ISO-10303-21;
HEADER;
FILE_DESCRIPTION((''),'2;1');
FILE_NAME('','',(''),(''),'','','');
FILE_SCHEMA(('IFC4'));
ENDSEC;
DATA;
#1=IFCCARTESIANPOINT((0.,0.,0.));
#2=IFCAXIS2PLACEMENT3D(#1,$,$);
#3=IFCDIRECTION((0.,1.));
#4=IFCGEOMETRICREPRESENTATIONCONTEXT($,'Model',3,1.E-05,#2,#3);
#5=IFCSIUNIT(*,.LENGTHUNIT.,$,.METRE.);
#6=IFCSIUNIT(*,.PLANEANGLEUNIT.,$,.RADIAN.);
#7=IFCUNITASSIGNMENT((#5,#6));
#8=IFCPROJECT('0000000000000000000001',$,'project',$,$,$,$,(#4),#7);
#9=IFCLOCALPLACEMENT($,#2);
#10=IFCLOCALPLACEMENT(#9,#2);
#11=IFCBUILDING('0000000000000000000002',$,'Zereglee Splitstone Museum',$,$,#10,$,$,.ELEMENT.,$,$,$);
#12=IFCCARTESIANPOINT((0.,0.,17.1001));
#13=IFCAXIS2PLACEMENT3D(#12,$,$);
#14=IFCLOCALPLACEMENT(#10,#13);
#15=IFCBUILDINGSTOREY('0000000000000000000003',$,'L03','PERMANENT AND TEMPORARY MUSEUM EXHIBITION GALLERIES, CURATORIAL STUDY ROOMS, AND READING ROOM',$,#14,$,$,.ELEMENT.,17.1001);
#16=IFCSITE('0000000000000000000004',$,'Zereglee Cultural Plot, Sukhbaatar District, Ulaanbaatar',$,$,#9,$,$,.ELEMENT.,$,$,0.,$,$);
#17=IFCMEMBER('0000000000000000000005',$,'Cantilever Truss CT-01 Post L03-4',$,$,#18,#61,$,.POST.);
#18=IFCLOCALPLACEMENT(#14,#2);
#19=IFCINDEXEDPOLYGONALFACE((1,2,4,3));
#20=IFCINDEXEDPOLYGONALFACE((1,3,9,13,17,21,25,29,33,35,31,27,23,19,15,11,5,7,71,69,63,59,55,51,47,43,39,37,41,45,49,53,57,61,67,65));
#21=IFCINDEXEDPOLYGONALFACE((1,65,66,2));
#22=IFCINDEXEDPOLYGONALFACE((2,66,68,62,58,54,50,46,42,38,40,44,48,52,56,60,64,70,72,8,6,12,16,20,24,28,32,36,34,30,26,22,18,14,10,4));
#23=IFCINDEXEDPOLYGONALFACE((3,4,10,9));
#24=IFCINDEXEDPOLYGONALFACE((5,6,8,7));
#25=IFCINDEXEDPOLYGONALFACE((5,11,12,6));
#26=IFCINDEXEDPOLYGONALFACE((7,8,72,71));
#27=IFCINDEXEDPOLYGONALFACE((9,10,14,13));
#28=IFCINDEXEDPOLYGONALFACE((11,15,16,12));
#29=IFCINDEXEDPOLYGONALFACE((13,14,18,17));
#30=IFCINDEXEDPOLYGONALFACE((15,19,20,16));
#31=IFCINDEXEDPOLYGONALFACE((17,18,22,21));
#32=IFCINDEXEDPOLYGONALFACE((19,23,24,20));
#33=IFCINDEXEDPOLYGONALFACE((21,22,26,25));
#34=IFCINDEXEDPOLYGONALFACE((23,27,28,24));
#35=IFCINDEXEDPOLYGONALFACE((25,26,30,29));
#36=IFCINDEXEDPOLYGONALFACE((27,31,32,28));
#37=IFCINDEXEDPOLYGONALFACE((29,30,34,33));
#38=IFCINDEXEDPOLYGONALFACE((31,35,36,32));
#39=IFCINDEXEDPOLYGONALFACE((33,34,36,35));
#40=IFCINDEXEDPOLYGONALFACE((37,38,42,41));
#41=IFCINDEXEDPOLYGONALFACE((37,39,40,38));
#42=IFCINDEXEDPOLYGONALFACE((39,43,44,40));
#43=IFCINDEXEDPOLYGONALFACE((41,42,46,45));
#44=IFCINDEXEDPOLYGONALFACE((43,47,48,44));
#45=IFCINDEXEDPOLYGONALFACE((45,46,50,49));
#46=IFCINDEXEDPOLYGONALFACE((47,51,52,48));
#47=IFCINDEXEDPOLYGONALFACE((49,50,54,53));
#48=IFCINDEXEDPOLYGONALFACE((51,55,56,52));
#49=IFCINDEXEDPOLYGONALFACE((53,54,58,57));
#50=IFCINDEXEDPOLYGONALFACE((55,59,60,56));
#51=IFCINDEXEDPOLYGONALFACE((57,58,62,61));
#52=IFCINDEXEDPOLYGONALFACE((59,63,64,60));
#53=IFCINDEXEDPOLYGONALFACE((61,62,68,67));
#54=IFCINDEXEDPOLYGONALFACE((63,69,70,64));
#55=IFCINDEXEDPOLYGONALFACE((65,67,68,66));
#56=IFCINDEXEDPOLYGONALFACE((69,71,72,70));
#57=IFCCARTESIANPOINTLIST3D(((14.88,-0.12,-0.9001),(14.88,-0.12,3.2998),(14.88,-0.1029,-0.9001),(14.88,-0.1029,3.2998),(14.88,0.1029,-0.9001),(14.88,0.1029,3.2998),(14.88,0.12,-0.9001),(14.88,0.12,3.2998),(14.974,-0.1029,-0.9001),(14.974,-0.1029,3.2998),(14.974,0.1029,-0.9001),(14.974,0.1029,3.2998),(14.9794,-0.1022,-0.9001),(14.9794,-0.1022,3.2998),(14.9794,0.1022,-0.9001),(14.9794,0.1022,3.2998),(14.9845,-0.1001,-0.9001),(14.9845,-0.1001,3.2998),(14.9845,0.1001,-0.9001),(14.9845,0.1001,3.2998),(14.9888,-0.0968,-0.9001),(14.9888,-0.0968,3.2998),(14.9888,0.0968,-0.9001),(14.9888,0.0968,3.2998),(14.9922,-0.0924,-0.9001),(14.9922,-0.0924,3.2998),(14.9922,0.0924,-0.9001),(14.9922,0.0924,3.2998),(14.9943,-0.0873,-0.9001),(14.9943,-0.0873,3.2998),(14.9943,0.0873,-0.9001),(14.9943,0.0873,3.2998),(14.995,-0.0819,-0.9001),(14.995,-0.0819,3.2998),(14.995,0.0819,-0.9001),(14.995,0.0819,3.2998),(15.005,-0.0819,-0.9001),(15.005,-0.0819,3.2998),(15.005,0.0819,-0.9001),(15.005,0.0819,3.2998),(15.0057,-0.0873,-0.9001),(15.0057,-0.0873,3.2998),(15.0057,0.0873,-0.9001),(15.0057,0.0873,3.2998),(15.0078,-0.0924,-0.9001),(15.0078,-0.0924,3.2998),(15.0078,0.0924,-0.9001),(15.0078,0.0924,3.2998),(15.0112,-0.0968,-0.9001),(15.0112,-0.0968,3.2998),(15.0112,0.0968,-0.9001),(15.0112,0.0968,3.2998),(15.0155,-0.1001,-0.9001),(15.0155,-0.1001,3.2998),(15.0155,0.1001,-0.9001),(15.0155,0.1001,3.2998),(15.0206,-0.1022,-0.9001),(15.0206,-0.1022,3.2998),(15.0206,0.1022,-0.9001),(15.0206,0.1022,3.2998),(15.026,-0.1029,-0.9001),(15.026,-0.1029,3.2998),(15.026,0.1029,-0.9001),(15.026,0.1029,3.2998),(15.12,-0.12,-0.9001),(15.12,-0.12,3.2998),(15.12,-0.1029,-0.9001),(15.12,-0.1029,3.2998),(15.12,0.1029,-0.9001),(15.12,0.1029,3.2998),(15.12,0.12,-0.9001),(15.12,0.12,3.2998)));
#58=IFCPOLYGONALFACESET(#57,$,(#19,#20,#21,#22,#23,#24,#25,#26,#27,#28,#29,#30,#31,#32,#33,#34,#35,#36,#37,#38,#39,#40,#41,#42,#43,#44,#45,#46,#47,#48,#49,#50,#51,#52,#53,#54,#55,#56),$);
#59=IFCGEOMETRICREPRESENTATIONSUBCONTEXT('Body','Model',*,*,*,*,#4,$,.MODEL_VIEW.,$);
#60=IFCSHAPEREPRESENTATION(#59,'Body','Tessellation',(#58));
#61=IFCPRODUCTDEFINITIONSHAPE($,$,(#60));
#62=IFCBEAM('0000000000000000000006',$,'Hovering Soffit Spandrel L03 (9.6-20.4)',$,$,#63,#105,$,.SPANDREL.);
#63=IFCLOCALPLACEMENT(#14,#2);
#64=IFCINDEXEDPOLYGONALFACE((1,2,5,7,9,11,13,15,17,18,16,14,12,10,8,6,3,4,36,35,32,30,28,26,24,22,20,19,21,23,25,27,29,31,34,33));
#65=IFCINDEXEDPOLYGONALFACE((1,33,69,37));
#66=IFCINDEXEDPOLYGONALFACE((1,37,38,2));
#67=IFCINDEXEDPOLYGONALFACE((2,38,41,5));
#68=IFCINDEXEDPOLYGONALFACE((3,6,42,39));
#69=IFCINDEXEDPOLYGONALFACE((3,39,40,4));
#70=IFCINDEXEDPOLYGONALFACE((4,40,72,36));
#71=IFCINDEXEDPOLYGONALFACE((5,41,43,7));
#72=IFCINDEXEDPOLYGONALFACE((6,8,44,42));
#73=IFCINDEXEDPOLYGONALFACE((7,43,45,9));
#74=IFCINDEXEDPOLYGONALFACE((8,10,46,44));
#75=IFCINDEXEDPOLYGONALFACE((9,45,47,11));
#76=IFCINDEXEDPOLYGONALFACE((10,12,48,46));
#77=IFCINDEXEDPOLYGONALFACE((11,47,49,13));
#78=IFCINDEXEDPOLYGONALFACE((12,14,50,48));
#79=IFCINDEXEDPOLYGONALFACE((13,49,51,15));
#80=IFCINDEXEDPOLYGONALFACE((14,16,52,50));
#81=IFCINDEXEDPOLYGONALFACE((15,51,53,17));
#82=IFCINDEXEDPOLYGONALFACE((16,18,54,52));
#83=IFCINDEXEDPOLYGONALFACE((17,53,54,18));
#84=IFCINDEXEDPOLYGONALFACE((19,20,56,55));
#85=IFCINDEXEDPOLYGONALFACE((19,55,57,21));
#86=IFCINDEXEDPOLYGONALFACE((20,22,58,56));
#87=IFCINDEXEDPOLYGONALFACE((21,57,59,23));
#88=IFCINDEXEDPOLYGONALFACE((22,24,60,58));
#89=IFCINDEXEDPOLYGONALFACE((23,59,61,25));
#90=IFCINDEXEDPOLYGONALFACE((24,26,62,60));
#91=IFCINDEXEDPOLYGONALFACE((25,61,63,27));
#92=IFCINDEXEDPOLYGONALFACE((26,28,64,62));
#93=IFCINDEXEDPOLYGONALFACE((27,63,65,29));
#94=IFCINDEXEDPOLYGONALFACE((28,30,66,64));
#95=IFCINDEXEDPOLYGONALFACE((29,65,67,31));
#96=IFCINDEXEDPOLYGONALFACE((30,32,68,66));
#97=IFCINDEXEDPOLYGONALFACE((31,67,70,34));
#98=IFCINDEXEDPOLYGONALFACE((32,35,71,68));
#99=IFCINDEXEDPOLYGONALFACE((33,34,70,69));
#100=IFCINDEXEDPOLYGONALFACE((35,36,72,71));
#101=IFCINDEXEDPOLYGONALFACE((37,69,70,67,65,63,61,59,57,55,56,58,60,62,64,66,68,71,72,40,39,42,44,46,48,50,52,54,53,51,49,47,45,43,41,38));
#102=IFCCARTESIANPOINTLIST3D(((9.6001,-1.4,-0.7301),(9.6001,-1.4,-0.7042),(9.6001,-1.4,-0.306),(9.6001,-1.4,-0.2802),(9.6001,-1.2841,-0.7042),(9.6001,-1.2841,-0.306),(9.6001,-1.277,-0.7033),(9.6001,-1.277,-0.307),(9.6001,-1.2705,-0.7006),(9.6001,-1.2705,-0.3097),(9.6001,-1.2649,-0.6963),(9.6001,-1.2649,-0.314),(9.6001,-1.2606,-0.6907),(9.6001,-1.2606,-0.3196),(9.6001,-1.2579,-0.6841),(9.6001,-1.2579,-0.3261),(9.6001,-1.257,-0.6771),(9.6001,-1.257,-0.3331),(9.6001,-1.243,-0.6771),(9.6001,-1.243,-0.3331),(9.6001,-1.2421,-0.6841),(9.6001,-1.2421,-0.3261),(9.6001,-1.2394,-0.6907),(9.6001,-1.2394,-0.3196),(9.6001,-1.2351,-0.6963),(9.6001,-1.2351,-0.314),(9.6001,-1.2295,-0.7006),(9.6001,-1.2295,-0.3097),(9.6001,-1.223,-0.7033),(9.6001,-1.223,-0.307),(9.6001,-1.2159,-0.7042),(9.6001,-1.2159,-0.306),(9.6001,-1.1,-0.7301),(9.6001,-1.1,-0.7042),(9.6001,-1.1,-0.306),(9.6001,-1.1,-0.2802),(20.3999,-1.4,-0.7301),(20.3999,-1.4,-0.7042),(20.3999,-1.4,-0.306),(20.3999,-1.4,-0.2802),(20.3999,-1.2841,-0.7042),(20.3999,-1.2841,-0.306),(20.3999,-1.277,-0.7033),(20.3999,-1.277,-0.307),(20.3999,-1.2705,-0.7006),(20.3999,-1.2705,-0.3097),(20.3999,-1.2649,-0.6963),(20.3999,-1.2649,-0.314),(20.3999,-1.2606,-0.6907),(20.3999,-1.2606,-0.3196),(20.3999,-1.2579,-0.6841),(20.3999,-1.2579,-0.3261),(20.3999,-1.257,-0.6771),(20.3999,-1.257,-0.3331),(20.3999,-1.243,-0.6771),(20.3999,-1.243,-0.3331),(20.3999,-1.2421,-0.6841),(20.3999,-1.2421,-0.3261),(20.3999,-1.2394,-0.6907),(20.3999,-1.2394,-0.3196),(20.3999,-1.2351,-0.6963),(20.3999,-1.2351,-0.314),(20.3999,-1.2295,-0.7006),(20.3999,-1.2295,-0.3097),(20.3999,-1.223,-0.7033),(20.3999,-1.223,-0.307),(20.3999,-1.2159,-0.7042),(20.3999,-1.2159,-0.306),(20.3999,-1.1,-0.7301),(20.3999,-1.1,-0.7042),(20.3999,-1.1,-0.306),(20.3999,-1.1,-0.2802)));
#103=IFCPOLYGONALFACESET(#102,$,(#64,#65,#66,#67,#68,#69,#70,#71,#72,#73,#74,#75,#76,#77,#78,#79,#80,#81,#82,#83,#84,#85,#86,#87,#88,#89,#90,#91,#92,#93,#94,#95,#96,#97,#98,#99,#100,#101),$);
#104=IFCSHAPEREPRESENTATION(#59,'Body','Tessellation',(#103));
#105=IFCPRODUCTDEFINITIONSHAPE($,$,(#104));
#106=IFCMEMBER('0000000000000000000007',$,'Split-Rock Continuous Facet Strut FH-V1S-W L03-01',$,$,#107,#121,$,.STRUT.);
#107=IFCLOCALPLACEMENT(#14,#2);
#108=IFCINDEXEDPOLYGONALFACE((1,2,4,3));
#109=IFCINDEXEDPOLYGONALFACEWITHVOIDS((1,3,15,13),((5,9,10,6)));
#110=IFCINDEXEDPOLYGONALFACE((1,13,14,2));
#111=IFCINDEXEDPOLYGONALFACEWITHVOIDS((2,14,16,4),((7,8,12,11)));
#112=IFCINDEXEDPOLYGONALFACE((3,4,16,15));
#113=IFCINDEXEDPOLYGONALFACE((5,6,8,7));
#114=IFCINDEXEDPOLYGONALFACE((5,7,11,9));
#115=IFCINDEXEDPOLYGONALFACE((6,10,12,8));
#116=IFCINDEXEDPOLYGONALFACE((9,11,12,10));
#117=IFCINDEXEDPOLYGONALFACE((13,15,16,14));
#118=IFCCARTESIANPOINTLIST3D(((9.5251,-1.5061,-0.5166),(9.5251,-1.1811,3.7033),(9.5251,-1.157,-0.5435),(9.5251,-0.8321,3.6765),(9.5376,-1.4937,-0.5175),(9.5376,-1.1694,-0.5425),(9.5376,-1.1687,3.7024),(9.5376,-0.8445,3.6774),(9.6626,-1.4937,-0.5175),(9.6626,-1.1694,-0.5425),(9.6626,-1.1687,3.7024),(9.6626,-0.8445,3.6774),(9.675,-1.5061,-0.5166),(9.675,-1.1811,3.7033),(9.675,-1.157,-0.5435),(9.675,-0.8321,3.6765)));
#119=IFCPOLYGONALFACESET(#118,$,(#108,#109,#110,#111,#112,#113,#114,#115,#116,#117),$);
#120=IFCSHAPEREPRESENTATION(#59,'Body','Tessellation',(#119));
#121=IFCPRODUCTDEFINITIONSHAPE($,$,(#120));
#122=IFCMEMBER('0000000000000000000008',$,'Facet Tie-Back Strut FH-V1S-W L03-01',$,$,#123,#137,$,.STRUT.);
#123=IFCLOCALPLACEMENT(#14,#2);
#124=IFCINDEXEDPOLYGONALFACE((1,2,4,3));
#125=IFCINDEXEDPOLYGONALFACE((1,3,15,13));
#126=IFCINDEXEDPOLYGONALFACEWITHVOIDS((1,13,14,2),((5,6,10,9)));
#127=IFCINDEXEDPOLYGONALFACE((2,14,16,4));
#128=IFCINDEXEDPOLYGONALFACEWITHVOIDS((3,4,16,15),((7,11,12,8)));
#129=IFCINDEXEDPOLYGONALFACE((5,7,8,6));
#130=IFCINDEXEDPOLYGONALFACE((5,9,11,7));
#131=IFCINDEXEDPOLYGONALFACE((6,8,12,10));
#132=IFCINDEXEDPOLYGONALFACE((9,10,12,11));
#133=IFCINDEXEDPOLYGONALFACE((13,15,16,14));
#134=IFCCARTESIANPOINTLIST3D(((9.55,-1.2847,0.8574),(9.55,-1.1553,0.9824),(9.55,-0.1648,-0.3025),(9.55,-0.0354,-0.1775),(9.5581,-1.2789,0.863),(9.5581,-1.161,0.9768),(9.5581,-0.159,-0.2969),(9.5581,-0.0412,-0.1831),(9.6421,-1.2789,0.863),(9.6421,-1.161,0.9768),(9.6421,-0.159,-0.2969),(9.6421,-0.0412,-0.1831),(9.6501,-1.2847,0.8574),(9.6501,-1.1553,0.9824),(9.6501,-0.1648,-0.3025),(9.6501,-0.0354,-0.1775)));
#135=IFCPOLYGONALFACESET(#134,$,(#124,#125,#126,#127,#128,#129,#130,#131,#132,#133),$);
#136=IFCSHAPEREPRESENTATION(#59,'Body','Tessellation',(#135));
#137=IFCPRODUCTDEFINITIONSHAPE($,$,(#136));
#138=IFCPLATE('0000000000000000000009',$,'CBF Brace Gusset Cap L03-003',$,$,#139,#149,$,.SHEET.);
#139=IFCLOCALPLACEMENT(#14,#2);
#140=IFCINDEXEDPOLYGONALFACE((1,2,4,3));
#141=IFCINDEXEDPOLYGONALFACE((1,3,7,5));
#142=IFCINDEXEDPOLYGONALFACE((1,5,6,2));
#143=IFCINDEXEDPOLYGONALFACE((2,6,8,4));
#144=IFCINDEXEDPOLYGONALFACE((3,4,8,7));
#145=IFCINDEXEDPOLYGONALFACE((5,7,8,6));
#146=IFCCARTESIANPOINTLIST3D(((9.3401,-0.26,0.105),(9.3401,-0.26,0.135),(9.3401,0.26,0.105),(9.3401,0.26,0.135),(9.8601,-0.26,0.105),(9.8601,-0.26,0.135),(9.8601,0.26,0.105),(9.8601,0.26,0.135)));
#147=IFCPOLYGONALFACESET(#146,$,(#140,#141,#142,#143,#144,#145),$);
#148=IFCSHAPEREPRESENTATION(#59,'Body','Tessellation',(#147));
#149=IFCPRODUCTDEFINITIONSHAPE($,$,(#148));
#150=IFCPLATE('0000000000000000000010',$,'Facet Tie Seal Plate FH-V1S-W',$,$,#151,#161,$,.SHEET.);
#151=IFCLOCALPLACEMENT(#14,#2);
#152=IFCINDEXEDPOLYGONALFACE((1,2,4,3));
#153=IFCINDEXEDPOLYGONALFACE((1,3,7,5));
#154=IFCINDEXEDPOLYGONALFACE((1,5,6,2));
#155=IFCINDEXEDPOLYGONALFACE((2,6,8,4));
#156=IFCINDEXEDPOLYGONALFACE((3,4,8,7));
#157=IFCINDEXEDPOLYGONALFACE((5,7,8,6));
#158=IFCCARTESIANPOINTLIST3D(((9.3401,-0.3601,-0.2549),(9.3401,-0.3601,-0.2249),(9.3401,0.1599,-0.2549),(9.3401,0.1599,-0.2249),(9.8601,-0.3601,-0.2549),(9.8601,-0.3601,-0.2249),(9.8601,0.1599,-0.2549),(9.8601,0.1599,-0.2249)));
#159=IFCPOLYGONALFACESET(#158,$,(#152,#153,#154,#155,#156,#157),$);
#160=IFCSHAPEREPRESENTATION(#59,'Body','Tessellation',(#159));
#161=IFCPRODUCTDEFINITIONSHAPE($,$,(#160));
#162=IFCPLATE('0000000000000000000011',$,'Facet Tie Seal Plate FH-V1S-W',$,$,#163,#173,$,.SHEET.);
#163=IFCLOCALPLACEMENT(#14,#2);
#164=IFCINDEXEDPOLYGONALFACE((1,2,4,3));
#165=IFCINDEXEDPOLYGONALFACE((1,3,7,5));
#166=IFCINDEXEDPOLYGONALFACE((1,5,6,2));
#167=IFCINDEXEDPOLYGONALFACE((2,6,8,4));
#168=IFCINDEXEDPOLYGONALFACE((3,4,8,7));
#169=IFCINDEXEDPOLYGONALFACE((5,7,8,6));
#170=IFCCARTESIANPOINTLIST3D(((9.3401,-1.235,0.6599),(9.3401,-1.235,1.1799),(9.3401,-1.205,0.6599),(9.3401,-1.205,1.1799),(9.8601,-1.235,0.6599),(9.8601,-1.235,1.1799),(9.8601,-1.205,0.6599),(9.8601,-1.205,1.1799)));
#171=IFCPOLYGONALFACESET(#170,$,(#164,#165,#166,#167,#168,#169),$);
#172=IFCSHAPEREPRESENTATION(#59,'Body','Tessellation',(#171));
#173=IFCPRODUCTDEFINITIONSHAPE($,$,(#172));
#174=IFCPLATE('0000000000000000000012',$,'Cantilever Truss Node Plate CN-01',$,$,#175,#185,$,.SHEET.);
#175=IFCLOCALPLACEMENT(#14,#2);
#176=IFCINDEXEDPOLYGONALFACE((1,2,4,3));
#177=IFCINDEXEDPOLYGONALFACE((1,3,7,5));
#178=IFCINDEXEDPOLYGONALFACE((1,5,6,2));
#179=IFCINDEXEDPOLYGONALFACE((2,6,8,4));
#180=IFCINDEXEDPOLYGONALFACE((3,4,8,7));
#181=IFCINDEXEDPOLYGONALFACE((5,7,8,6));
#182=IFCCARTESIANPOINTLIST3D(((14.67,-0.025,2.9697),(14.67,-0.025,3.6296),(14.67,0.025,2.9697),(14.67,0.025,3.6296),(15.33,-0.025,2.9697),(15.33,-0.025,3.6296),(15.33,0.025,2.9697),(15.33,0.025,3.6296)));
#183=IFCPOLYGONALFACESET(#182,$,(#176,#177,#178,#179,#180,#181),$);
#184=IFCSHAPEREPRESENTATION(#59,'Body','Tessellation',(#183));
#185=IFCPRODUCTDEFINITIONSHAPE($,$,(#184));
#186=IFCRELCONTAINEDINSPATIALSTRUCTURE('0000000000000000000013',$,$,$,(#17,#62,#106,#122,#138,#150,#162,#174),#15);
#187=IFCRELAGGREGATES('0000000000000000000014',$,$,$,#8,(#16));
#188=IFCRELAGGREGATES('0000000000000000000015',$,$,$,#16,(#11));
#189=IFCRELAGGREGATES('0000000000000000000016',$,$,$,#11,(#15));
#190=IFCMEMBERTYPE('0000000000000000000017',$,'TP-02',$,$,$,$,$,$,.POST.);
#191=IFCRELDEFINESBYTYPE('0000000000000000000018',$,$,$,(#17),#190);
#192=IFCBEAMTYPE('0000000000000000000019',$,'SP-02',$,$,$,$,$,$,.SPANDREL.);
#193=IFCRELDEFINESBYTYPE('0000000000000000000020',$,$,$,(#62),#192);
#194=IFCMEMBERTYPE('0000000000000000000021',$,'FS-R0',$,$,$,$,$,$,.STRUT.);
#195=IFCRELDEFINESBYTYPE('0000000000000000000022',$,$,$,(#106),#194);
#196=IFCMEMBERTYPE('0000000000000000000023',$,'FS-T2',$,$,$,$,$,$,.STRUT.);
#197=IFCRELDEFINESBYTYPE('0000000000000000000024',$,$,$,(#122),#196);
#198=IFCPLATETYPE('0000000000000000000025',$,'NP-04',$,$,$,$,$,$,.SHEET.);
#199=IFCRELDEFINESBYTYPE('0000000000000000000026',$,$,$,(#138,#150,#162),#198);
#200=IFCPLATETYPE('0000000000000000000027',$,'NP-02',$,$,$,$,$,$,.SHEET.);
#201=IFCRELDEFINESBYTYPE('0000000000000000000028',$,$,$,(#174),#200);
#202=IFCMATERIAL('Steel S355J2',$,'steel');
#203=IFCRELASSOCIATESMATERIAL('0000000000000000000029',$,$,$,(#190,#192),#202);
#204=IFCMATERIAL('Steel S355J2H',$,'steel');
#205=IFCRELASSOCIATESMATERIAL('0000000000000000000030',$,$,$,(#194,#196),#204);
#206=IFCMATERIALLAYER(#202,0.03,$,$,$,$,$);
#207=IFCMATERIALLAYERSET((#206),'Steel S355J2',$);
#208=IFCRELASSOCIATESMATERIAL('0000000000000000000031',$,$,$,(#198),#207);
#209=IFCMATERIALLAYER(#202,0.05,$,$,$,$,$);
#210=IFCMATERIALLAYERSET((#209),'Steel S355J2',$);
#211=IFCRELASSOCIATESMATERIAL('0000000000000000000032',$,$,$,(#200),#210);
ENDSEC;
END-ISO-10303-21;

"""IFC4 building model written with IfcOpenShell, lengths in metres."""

from ifc_helpers import new_model, si_unit, direction, frame, origin, origin_2d, place, context, subcontext, project, spatial, rectangle, hollow_rectangle, i_section, extrude, material, layer, layer_set, material_profile, profile_set, type_object, element, save


model = new_model("IFC4")

# Units and contexts
model_context = context("Model", 3, precision=1e-05, world=origin(), true_north=direction((0.0, 1.0)))
body_context = subcontext(model_context, "Body", "Model", "MODEL_VIEW")
ifc_project = project(units=[si_unit("LENGTHUNIT", "METRE"), si_unit("PLANEANGLEUNIT", "RADIAN")], contexts=[model_context])

# Site, building, storey
site_placement = place(None, origin())
site = spatial("IfcSite", under=ifc_project, at=site_placement, Name="Zereglee Cultural Plot, Sukhbaatar District, Ulaanbaatar", CompositionType="ELEMENT", RefElevation=0.0)
building_placement = place(site_placement, origin())
building = spatial("IfcBuilding", under=site, at=building_placement, Name="Zereglee Splitstone Museum", CompositionType="ELEMENT")
storey_placement = place(building_placement, frame((0.0, 0.0, 17.1001)))
storey = spatial("IfcBuildingStorey", under=building, at=storey_placement, Name="L03", Description="PERMANENT AND TEMPORARY MUSEUM EXHIBITION GALLERIES, CURATORIAL STUDY ROOMS, AND READING ROOM", CompositionType="ELEMENT", Elevation=17.1001)

# Shared definitions
ifc_material_1 = material(Name="Steel S355J2H", Category="steel")
ifc_material_2 = material(Name="Steel S355J2", Category="steel")

# Member
ifc_material_profile_1 = material_profile(ifc_material_2, i_section(OverallWidth=0.24, OverallDepth=0.24, WebThickness=0.01, FlangeThickness=0.0171, FilletRadius=0.021, at=origin_2d()), Name="HE 240 B")
ifc_profile_set_1 = profile_set([ifc_material_profile_1], Name="Steel S355J2")
member_type_1 = type_object("IfcMemberType", Name="TP-02", PredefinedType="POST", material=ifc_profile_set_1)
member_1_placement = place(storey_placement, frame((15.0, 0.0, -0.9001), z_axis=(0.0, 0.0, 1.0), x_axis=(1.0, 0.0, 0.0)))
element("IfcMember", 1, at=member_1_placement, inside=storey, type_object=member_type_1, Name="Cantilever Truss CT-01 Post L03-4", PredefinedType="POST", context=body_context, shape_type="SweptSolid", body=[
    extrude(i_section(OverallWidth=0.24, OverallDepth=0.24, WebThickness=0.01, FlangeThickness=0.0171, FilletRadius=0.021, at=origin_2d()), origin(), (0.0, 0.0, 1.0), 4.2),
])

# Beam
ifc_material_profile_2 = material_profile(ifc_material_2, i_section(OverallWidth=0.3, OverallDepth=0.45, WebThickness=0.0139, FlangeThickness=0.0259, FilletRadius=0.0271, at=origin_2d()), Name="HE 450 B")
ifc_profile_set_2 = profile_set([ifc_material_profile_2], Name="Steel S355J2")
beam_type_1 = type_object("IfcBeamType", Name="SP-02", PredefinedType="SPANDREL", material=ifc_profile_set_2)
beam_1_placement = place(storey_placement, frame((9.6001, -1.25, -0.5051), z_axis=(1.0, 0.0, 0.0), x_axis=(0.0, 1.0, 0.0)))
element("IfcBeam", 2, at=beam_1_placement, inside=storey, type_object=beam_type_1, Name="Hovering Soffit Spandrel L03 (9.6-20.4)", PredefinedType="SPANDREL", context=body_context, shape_type="SweptSolid", body=[
    extrude(i_section(OverallWidth=0.3, OverallDepth=0.45, WebThickness=0.0139, FlangeThickness=0.0259, FilletRadius=0.0271, at=origin_2d()), origin(), (0.0, 0.0, 1.0), 10.7998),
])

# Members
ifc_material_profile_3 = material_profile(ifc_material_1, hollow_rectangle(XDim=0.1499, YDim=0.3501, WallThickness=0.0125, at=origin_2d()), Name="RHS 350x150x12.5")
ifc_profile_set_3 = profile_set([ifc_material_profile_3], Name="Steel S355J2H")
member_type_2 = type_object("IfcMemberType", Name="FS-R0", PredefinedType="STRUT", material=ifc_profile_set_3)
member_2_placement = place(storey_placement, frame((9.6001, -1.3315, -0.53), z_axis=(0.0, 0.076776, 0.997048), x_axis=(-1.0, 0.0, 0.0)))
element("IfcMember", 3, at=member_2_placement, inside=storey, type_object=member_type_2, Name="Split-Rock Continuous Facet Strut FH-V1S-W L03-01", PredefinedType="STRUT", context=body_context, shape_type="SweptSolid", body=[
    extrude(hollow_rectangle(XDim=0.1499, YDim=0.3501, WallThickness=0.0125, at=origin_2d()), origin(), (0.0, 0.0, 1.0), 4.2324),
])
ifc_material_profile_4 = material_profile(ifc_material_1, hollow_rectangle(XDim=0.1001, YDim=0.1799, WallThickness=0.0081, at=origin_2d()), Name="RHS 180x100x8")
ifc_profile_set_4 = profile_set([ifc_material_profile_4], Name="Steel S355J2H")
member_type_3 = type_object("IfcMemberType", Name="FS-T2", PredefinedType="STRUT", material=ifc_profile_set_4)
member_3_placement = place(storey_placement, frame((9.6001, -0.1001, -0.24), z_axis=(0.0, -0.694581, 0.719415), x_axis=(1.0, 0.0, 0.0)))
element("IfcMember", 4, at=member_3_placement, inside=storey, type_object=member_type_3, Name="Facet Tie-Back Strut FH-V1S-W L03-01", PredefinedType="STRUT", context=body_context, shape_type="SweptSolid", body=[
    extrude(hollow_rectangle(XDim=0.1001, YDim=0.1799, WallThickness=0.0081, at=origin_2d()), origin(), (0.0, 0.0, 1.0), 1.6123),
])

# Plates
ifc_layer_1 = layer(ifc_material_2, 0.03)
ifc_layer_set_1 = layer_set([ifc_layer_1], Name="Steel S355J2")
plate_type_1 = type_object("IfcPlateType", Name="NP-04", PredefinedType="SHEET", material=ifc_layer_set_1)
for number, where, z_axis, x_axis, name in (
    (5, (9.6001, 0.0, 0.105), (0.0, 0.0, 1.0), (1.0, 0.0, 0.0), "CBF Brace Gusset Cap L03-003"),
    (6, (9.6001, -0.1001, -0.2549), (0.0, 0.0, 1.0), (1.0, 0.0, 0.0), "Facet Tie Seal Plate FH-V1S-W"),
):
    element("IfcPlate", number, at=place(storey_placement, frame(where, z_axis=z_axis, x_axis=x_axis)), inside=storey, type_object=plate_type_1, Name=name, PredefinedType="SHEET", context=body_context, shape_type="SweptSolid", body=[
        extrude(rectangle(XDim=0.52, YDim=0.52, at=origin_2d()), origin(), (0.0, 0.0, 1.0), 0.03),
    ])
plate_1_placement = place(storey_placement, frame((9.6001, -1.22, 0.6599), z_axis=(0.0, 0.0, 1.0), x_axis=(1.0, 0.0, 0.0)))
element("IfcPlate", 7, at=plate_1_placement, inside=storey, type_object=plate_type_1, Name="Facet Tie Seal Plate FH-V1S-W", PredefinedType="SHEET", context=body_context, shape_type="SweptSolid", body=[
    extrude(rectangle(XDim=0.52, YDim=0.03, at=origin_2d()), origin(), (0.0, 0.0, 1.0), 0.52),
])
ifc_layer_2 = layer(ifc_material_2, 0.05)
ifc_layer_set_2 = layer_set([ifc_layer_2], Name="Steel S355J2")
plate_type_2 = type_object("IfcPlateType", Name="NP-02", PredefinedType="SHEET", material=ifc_layer_set_2)
plate_2_placement = place(storey_placement, frame((15.0, 0.0, 2.9697), z_axis=(0.0, 0.0, 1.0), x_axis=(1.0, 0.0, 0.0)))
element("IfcPlate", 8, at=plate_2_placement, inside=storey, type_object=plate_type_2, Name="Cantilever Truss Node Plate CN-01", PredefinedType="SHEET", context=body_context, shape_type="SweptSolid", body=[
    extrude(rectangle(XDim=0.6599, YDim=0.05, at=origin_2d()), origin(), (0.0, 0.0, 1.0), 0.6599),
])

save(model, "model.ifc")
